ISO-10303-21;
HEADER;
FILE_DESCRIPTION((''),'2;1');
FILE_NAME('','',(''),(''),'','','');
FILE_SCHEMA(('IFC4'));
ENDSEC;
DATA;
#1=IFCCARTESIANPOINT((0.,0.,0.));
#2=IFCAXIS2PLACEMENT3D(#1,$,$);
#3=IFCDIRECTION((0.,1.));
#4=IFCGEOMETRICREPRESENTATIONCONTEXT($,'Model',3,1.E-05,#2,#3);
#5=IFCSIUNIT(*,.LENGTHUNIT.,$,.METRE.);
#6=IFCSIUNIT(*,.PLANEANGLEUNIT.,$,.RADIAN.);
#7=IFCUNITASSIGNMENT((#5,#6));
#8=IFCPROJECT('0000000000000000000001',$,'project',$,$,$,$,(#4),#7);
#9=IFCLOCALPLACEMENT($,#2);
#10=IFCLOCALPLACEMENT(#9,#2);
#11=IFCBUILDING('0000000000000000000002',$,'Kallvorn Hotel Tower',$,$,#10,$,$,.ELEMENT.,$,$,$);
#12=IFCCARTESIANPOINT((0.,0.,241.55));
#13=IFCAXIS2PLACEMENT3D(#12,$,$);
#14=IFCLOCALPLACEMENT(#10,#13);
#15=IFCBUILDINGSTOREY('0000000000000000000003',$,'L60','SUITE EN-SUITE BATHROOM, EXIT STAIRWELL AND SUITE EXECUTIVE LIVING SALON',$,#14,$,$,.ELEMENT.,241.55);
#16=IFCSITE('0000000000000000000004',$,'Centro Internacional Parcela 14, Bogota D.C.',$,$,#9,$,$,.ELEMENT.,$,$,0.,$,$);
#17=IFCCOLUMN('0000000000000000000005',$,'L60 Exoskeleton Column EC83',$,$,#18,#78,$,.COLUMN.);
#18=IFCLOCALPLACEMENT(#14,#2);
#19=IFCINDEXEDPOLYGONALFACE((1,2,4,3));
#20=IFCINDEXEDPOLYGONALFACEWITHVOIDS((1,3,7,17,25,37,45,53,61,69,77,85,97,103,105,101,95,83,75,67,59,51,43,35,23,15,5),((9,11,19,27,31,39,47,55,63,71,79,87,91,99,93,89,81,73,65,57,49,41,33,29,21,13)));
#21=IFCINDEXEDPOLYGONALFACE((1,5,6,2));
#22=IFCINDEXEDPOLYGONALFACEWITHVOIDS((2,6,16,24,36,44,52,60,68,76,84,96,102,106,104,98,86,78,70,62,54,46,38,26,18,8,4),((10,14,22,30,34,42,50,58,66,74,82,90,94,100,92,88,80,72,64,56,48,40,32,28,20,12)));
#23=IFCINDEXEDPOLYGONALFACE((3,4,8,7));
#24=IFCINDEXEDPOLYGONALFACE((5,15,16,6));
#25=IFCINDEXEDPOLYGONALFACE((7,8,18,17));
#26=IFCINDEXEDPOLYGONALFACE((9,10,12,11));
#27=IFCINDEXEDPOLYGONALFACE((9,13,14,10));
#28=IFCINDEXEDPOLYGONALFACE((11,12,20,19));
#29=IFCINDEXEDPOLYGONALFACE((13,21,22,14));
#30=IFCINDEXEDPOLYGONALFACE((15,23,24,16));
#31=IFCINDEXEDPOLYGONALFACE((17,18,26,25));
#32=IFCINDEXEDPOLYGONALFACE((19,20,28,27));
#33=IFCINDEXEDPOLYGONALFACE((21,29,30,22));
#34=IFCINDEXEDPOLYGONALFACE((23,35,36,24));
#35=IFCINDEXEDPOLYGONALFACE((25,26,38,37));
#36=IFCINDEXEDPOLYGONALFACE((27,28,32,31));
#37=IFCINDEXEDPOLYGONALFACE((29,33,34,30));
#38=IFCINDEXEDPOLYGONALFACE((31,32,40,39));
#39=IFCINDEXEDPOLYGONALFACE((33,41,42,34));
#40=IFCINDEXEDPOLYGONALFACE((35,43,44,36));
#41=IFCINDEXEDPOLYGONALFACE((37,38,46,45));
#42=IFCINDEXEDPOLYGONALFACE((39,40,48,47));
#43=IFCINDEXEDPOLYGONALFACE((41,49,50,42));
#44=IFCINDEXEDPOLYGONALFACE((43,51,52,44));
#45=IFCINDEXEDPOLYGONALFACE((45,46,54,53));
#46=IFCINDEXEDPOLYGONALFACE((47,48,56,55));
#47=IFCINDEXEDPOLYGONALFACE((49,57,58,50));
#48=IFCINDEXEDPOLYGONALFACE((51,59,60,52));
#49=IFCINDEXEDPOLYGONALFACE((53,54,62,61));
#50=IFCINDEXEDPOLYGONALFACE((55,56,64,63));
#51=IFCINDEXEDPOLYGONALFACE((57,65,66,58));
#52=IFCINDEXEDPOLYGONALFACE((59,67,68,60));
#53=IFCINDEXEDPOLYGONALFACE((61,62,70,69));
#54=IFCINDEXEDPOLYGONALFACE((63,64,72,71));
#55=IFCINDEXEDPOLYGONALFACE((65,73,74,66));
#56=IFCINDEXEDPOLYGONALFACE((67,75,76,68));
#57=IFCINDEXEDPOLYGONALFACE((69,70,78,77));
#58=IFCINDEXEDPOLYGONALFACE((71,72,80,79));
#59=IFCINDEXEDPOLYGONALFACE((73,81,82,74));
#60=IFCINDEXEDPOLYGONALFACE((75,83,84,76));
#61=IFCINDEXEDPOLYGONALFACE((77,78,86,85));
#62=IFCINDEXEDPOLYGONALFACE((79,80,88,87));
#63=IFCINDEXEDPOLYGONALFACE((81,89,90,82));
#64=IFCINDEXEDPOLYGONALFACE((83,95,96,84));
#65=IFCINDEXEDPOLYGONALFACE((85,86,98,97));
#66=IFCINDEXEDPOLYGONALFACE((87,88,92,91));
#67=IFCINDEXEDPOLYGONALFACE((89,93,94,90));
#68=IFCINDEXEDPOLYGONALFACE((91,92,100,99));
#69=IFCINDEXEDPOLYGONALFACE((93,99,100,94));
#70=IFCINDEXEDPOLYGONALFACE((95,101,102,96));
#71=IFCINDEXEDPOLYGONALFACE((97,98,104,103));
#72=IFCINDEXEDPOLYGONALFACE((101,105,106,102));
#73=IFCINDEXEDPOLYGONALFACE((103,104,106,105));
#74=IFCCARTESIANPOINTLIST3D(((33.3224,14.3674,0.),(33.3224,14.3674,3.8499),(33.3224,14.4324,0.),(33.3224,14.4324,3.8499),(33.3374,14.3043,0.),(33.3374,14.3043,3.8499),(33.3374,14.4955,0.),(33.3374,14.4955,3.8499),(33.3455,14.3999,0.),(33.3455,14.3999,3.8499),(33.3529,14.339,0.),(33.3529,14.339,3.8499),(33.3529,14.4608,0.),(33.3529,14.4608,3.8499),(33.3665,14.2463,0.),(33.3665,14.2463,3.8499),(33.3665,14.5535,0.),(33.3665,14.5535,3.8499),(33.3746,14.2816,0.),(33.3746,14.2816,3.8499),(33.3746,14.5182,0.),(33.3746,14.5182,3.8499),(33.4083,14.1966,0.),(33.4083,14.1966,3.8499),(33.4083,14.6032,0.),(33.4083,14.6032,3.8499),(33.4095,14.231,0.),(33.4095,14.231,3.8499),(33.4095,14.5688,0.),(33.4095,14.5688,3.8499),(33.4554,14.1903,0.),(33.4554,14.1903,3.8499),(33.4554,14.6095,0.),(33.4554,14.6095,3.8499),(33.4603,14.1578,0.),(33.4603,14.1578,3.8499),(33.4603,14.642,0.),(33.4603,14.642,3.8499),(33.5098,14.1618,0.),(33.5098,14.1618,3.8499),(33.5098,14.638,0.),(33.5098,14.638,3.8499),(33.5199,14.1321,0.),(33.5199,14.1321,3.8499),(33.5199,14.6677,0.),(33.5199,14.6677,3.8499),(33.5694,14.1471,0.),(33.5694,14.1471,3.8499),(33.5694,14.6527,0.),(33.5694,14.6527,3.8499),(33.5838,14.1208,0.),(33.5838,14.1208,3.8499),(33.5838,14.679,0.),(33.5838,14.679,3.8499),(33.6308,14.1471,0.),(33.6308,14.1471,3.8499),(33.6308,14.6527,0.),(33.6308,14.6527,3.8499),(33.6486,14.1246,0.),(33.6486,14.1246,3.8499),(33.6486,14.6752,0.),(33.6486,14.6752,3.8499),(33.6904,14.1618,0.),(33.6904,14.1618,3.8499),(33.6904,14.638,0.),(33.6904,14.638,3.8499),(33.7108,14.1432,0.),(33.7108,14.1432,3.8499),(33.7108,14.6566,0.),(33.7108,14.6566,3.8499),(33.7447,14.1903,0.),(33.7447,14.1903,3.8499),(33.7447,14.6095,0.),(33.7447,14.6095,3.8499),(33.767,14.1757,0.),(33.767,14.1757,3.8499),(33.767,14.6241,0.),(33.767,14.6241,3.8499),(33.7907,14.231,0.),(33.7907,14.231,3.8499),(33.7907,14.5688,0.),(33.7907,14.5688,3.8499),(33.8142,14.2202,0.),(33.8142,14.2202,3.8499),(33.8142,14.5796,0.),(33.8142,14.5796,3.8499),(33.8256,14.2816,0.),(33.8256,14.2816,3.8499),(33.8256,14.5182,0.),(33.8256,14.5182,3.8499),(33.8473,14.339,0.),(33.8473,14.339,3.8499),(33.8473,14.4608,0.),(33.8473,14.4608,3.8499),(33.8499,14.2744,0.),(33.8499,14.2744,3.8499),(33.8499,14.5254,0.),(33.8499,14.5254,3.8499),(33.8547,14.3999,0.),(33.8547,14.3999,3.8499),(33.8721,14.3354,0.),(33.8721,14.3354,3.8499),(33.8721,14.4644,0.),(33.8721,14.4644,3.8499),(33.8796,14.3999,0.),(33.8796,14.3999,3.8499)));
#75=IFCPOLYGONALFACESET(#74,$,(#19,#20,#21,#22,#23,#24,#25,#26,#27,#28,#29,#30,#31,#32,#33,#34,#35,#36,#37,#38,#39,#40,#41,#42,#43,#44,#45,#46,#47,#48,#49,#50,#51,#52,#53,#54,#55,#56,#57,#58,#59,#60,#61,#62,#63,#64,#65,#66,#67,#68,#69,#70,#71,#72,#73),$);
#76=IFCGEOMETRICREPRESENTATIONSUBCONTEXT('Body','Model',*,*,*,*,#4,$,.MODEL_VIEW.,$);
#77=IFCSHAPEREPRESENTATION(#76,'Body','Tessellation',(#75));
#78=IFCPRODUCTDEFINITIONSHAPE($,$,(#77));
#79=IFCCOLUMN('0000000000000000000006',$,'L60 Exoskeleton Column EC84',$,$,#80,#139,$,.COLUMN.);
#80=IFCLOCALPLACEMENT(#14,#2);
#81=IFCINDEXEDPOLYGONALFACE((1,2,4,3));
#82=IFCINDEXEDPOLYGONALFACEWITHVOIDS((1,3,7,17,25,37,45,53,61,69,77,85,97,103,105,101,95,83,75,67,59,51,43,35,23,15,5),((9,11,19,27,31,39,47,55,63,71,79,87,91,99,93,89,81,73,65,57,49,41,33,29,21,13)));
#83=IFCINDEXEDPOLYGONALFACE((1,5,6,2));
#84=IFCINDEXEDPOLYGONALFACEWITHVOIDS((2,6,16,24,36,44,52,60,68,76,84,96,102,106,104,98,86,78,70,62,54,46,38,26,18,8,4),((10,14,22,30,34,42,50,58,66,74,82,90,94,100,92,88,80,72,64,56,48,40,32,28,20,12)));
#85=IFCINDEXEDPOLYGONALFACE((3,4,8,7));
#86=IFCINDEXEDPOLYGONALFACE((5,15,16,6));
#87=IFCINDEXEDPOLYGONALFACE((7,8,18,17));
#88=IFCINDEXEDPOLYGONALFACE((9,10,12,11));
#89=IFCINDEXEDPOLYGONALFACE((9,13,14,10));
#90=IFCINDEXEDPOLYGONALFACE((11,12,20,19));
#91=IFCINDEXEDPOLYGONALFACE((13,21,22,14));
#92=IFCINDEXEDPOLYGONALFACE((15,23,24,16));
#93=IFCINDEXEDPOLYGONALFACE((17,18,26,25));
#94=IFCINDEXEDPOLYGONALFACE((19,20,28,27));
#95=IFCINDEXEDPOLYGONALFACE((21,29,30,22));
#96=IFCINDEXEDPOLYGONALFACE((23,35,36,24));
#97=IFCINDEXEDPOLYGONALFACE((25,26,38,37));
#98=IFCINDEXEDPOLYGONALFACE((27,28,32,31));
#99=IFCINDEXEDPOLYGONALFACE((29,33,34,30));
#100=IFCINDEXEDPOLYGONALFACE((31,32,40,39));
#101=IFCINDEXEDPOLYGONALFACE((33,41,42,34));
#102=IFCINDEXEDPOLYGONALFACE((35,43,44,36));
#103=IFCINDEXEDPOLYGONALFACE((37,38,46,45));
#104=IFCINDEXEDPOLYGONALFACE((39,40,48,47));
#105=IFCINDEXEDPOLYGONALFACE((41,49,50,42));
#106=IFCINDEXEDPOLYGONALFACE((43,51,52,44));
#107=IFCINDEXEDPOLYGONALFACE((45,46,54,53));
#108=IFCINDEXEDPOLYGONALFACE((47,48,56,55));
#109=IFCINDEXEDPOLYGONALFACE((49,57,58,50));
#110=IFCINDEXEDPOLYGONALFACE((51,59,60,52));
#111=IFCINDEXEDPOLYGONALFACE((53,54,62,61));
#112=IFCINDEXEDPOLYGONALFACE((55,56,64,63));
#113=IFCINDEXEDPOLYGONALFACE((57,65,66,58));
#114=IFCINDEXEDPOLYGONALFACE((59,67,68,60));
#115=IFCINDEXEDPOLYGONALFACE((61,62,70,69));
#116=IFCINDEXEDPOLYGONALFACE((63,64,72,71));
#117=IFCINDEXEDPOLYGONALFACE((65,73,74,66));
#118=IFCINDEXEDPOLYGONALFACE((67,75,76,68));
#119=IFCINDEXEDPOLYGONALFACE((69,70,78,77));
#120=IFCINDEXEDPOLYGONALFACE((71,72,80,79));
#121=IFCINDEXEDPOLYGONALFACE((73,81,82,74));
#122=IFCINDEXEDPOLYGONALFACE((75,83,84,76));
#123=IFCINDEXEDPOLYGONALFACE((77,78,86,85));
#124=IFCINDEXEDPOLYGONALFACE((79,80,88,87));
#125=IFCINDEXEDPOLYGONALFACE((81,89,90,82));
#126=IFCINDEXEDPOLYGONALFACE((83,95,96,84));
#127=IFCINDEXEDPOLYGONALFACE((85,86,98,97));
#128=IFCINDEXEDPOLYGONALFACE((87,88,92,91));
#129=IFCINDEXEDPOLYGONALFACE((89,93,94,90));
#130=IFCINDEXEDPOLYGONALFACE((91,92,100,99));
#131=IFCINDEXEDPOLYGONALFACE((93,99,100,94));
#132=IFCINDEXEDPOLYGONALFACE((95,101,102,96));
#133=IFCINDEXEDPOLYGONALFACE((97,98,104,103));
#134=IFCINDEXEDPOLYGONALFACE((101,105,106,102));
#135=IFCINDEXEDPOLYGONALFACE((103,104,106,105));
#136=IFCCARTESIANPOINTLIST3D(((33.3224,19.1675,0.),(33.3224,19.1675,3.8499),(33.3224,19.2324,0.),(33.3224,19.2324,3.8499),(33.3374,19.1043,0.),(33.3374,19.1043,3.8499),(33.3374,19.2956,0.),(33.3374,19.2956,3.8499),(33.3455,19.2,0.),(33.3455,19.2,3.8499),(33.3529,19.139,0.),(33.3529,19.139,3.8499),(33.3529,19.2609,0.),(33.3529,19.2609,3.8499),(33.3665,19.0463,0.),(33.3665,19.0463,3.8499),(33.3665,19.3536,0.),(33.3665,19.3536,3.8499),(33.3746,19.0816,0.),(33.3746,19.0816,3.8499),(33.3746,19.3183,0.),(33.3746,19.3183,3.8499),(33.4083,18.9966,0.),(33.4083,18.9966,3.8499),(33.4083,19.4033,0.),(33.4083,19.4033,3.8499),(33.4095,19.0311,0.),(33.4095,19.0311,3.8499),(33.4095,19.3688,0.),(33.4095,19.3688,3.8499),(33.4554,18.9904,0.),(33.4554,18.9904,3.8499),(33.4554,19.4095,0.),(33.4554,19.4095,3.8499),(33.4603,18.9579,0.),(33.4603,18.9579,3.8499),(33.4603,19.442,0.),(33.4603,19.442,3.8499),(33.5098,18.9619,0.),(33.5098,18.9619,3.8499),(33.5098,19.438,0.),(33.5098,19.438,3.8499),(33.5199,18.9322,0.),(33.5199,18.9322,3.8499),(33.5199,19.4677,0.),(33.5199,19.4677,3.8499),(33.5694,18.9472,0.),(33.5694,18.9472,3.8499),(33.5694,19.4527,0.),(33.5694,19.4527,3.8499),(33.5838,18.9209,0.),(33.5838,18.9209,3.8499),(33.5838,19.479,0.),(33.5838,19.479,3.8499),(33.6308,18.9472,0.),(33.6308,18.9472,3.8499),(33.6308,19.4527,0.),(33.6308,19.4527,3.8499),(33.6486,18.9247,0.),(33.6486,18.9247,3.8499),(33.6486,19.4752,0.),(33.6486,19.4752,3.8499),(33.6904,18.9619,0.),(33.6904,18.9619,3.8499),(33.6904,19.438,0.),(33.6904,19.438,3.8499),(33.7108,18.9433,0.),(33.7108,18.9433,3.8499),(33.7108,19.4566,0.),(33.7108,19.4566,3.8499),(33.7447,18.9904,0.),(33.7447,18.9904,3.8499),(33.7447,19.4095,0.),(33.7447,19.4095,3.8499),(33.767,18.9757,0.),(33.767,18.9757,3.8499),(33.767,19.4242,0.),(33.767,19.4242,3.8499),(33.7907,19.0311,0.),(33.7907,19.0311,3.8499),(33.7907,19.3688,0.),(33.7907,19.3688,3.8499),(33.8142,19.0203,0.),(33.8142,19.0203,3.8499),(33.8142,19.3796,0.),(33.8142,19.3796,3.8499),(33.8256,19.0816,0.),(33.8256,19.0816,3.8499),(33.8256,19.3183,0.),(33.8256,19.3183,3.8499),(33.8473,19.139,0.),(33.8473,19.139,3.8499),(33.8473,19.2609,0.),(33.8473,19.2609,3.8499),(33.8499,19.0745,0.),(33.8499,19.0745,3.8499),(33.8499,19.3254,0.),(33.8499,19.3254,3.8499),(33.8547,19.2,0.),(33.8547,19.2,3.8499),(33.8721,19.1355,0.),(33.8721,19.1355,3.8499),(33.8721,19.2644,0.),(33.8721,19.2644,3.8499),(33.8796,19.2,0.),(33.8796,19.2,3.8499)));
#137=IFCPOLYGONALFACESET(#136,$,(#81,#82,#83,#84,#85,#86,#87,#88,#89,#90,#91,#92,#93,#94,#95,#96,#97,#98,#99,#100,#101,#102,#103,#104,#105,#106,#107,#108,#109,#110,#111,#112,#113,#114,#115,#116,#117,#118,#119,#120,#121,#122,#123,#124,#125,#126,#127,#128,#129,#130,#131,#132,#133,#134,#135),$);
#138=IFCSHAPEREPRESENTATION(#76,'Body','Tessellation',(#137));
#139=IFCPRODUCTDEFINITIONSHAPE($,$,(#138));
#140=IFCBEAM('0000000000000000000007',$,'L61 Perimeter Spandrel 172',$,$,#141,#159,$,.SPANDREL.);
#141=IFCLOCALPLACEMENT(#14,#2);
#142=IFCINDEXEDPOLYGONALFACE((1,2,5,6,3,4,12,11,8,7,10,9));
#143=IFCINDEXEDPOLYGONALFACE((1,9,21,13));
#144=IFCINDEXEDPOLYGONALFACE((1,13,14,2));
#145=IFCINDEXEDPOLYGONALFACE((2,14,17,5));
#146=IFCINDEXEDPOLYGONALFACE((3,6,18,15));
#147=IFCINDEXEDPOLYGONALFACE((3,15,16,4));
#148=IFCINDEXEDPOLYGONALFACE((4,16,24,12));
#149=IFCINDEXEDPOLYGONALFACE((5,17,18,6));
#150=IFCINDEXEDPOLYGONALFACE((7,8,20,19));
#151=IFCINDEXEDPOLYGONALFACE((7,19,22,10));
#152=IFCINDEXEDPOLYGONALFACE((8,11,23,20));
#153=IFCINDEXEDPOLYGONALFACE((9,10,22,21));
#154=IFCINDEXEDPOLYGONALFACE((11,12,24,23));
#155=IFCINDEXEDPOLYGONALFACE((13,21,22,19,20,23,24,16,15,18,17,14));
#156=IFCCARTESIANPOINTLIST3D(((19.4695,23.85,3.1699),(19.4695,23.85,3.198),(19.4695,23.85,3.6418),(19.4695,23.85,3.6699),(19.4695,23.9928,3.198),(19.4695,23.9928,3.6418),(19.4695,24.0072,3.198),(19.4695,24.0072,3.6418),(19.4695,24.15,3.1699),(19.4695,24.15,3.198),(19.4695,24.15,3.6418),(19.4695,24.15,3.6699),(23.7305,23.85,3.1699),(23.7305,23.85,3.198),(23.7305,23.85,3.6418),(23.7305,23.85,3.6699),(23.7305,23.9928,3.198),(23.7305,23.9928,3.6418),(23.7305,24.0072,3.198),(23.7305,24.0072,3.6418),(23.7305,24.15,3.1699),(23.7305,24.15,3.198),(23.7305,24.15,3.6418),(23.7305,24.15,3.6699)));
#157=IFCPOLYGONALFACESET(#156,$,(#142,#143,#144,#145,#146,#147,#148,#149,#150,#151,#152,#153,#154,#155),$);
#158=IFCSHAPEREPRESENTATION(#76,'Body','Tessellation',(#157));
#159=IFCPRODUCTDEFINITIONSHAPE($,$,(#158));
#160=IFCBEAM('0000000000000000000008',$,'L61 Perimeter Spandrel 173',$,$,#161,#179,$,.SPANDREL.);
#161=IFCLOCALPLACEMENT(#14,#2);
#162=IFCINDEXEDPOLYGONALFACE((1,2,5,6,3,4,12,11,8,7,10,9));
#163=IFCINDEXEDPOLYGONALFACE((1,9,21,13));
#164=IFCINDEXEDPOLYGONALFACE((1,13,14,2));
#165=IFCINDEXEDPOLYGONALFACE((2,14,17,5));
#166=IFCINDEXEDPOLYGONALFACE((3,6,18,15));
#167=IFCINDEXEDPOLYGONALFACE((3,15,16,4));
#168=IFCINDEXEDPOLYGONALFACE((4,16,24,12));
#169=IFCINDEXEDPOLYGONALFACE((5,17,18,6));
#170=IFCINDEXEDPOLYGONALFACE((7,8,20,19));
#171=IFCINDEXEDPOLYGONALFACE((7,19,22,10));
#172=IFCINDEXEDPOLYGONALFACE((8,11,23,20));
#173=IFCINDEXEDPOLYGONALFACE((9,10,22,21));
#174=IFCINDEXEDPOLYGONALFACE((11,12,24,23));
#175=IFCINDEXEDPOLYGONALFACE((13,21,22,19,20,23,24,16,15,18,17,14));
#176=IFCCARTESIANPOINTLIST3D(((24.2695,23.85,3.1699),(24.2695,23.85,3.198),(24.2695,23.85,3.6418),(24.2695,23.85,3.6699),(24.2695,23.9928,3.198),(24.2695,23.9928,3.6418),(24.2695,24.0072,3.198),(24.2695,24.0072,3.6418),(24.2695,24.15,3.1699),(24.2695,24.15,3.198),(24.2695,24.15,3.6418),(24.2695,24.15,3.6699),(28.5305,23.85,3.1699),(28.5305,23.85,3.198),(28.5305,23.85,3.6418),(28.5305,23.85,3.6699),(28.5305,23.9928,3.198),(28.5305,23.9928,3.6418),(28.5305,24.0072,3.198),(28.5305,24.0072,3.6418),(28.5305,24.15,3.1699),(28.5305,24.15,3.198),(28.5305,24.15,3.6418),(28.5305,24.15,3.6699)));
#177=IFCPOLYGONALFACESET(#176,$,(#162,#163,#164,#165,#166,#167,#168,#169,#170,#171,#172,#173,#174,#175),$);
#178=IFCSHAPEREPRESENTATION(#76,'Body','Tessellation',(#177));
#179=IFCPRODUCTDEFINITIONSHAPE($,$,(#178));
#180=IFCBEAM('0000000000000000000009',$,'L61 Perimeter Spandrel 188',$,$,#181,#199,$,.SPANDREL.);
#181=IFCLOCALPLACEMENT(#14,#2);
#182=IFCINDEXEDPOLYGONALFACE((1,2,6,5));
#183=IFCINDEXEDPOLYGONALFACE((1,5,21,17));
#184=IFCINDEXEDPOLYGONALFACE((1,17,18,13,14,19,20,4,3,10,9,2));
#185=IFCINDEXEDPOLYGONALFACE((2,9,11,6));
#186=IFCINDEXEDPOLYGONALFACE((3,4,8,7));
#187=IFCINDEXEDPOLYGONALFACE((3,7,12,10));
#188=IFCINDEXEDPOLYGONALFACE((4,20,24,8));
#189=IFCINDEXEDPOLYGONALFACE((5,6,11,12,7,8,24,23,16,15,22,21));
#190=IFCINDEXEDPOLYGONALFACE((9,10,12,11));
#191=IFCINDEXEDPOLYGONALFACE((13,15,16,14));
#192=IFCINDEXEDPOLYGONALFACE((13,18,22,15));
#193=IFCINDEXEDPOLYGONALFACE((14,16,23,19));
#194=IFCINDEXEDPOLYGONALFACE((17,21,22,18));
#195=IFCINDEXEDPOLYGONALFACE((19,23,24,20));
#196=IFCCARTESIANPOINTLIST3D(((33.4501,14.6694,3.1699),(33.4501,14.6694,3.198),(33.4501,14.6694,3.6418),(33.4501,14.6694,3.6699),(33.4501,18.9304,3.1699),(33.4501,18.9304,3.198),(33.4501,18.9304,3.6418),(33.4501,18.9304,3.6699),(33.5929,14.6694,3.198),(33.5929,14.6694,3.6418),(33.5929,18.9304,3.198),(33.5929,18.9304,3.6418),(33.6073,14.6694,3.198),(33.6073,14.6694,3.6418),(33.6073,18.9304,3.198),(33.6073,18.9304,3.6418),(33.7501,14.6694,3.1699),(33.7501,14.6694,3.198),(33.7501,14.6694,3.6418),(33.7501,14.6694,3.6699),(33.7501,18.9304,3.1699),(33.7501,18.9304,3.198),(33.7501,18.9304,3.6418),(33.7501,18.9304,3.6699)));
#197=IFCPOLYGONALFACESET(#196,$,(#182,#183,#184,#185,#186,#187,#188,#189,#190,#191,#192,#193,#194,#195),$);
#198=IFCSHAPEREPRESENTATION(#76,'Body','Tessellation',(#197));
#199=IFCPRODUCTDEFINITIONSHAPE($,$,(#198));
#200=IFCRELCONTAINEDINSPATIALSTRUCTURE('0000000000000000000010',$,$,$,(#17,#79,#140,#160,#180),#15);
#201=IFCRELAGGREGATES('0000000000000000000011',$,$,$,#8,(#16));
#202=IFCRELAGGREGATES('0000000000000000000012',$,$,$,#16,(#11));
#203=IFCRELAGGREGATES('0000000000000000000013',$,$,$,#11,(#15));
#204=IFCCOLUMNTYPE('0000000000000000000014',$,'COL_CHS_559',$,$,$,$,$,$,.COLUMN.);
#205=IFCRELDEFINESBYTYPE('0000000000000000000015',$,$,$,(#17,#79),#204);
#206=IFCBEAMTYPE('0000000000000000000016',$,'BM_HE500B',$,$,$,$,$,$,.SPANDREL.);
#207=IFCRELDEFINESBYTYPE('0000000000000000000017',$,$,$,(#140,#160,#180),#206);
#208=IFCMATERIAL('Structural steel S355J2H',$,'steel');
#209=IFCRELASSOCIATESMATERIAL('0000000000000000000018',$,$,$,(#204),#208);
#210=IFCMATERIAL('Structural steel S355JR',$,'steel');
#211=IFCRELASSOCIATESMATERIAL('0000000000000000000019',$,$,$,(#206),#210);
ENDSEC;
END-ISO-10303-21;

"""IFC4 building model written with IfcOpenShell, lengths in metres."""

from ifc_helpers import new_model, si_unit, direction, frame, origin, origin_2d, place, context, subcontext, project, spatial, hollow_circle, i_section, extrude, material, material_profile, profile_set, type_object, element, save


model = new_model("IFC4")

# Units and contexts
model_context = context("Model", 3, precision=1e-05, world=origin(), true_north=direction((0.0, 1.0)))
body_context = subcontext(model_context, "Body", "Model", "MODEL_VIEW")
ifc_project = project(units=[si_unit("LENGTHUNIT", "METRE"), si_unit("PLANEANGLEUNIT", "RADIAN")], contexts=[model_context])

# Site, building, storey
site_placement = place(None, origin())
site = spatial("IfcSite", under=ifc_project, at=site_placement, Name="Centro Internacional Parcela 14, Bogota D.C.", CompositionType="ELEMENT", RefElevation=0.0)
building_placement = place(site_placement, origin())
building = spatial("IfcBuilding", under=site, at=building_placement, Name="Kallvorn Hotel Tower", CompositionType="ELEMENT")
storey_placement = place(building_placement, frame((0.0, 0.0, 241.55)))
storey = spatial("IfcBuildingStorey", under=building, at=storey_placement, Name="L60", Description="SUITE EN-SUITE BATHROOM, EXIT STAIRWELL AND SUITE EXECUTIVE LIVING SALON", CompositionType="ELEMENT", Elevation=241.55)

# Columns
ifc_material_1 = material(Name="Structural steel S355J2H", Category="steel")
ifc_material_profile_1 = material_profile(ifc_material_1, hollow_circle(Radius=0.2795, WallThickness=0.0249, at=origin_2d()), Name="CHS 559x25")
ifc_profile_set_1 = profile_set([ifc_material_profile_1], Name="Structural steel S355J2H")
column_type = type_object("IfcColumnType", Name="COL_CHS_559", PredefinedType="COLUMN", material=ifc_profile_set_1)
for number, where, z_axis, x_axis, name in (
    (1, (33.6001, 14.3999, 0.0), (0.0, 0.0, 1.0), (1.0, 0.0, 0.0), "L60 Exoskeleton Column EC83"),
    (2, (33.6001, 19.2, 0.0), (0.0, 0.0, 1.0), (1.0, 0.0, 0.0), "L60 Exoskeleton Column EC84"),
):
    element("IfcColumn", number, at=place(storey_placement, frame(where, z_axis=z_axis, x_axis=x_axis)), inside=storey, type_object=column_type, Name=name, PredefinedType="COLUMN", context=body_context, shape_type="SweptSolid", body=[
        extrude(hollow_circle(Radius=0.2795, WallThickness=0.0249, at=origin_2d()), origin(), (0.0, 0.0, 1.0), 3.8499),
    ])

# Beams
ifc_material_2 = material(Name="Structural steel S355JR", Category="steel")
ifc_material_profile_2 = material_profile(ifc_material_2, i_section(OverallWidth=0.3, OverallDepth=0.5, WebThickness=0.0144, FlangeThickness=0.0281, at=origin_2d()), Name="HE 500 B")
ifc_profile_set_2 = profile_set([ifc_material_profile_2], Name="Structural steel S355JR")
beam_type_1 = type_object("IfcBeamType", Name="BM_HE500B", PredefinedType="SPANDREL", material=ifc_profile_set_2)
for number, where, z_axis, x_axis, name in (
    (3, (19.4695, 24.0, 3.4199), (1.0, 0.0, 0.0), (0.0, 1.0, 0.0), "L61 Perimeter Spandrel 172"),
    (4, (24.2695, 24.0, 3.4199), (1.0, 0.0, 0.0), (0.0, 1.0, 0.0), "L61 Perimeter Spandrel 173"),
    (5, (33.6001, 14.6694, 3.4199), (0.0, 1.0, 0.0), (-1.0, 0.0, 0.0), "L61 Perimeter Spandrel 188"),
):
    element("IfcBeam", number, at=place(storey_placement, frame(where, z_axis=z_axis, x_axis=x_axis)), inside=storey, type_object=beam_type_1, Name=name, PredefinedType="SPANDREL", context=body_context, shape_type="SweptSolid", body=[
        extrude(i_section(OverallWidth=0.3, OverallDepth=0.5, WebThickness=0.0144, FlangeThickness=0.0281, at=origin_2d()), origin(), (0.0, 0.0, 1.0), 4.261),
    ])

save(model, "model.ifc")
